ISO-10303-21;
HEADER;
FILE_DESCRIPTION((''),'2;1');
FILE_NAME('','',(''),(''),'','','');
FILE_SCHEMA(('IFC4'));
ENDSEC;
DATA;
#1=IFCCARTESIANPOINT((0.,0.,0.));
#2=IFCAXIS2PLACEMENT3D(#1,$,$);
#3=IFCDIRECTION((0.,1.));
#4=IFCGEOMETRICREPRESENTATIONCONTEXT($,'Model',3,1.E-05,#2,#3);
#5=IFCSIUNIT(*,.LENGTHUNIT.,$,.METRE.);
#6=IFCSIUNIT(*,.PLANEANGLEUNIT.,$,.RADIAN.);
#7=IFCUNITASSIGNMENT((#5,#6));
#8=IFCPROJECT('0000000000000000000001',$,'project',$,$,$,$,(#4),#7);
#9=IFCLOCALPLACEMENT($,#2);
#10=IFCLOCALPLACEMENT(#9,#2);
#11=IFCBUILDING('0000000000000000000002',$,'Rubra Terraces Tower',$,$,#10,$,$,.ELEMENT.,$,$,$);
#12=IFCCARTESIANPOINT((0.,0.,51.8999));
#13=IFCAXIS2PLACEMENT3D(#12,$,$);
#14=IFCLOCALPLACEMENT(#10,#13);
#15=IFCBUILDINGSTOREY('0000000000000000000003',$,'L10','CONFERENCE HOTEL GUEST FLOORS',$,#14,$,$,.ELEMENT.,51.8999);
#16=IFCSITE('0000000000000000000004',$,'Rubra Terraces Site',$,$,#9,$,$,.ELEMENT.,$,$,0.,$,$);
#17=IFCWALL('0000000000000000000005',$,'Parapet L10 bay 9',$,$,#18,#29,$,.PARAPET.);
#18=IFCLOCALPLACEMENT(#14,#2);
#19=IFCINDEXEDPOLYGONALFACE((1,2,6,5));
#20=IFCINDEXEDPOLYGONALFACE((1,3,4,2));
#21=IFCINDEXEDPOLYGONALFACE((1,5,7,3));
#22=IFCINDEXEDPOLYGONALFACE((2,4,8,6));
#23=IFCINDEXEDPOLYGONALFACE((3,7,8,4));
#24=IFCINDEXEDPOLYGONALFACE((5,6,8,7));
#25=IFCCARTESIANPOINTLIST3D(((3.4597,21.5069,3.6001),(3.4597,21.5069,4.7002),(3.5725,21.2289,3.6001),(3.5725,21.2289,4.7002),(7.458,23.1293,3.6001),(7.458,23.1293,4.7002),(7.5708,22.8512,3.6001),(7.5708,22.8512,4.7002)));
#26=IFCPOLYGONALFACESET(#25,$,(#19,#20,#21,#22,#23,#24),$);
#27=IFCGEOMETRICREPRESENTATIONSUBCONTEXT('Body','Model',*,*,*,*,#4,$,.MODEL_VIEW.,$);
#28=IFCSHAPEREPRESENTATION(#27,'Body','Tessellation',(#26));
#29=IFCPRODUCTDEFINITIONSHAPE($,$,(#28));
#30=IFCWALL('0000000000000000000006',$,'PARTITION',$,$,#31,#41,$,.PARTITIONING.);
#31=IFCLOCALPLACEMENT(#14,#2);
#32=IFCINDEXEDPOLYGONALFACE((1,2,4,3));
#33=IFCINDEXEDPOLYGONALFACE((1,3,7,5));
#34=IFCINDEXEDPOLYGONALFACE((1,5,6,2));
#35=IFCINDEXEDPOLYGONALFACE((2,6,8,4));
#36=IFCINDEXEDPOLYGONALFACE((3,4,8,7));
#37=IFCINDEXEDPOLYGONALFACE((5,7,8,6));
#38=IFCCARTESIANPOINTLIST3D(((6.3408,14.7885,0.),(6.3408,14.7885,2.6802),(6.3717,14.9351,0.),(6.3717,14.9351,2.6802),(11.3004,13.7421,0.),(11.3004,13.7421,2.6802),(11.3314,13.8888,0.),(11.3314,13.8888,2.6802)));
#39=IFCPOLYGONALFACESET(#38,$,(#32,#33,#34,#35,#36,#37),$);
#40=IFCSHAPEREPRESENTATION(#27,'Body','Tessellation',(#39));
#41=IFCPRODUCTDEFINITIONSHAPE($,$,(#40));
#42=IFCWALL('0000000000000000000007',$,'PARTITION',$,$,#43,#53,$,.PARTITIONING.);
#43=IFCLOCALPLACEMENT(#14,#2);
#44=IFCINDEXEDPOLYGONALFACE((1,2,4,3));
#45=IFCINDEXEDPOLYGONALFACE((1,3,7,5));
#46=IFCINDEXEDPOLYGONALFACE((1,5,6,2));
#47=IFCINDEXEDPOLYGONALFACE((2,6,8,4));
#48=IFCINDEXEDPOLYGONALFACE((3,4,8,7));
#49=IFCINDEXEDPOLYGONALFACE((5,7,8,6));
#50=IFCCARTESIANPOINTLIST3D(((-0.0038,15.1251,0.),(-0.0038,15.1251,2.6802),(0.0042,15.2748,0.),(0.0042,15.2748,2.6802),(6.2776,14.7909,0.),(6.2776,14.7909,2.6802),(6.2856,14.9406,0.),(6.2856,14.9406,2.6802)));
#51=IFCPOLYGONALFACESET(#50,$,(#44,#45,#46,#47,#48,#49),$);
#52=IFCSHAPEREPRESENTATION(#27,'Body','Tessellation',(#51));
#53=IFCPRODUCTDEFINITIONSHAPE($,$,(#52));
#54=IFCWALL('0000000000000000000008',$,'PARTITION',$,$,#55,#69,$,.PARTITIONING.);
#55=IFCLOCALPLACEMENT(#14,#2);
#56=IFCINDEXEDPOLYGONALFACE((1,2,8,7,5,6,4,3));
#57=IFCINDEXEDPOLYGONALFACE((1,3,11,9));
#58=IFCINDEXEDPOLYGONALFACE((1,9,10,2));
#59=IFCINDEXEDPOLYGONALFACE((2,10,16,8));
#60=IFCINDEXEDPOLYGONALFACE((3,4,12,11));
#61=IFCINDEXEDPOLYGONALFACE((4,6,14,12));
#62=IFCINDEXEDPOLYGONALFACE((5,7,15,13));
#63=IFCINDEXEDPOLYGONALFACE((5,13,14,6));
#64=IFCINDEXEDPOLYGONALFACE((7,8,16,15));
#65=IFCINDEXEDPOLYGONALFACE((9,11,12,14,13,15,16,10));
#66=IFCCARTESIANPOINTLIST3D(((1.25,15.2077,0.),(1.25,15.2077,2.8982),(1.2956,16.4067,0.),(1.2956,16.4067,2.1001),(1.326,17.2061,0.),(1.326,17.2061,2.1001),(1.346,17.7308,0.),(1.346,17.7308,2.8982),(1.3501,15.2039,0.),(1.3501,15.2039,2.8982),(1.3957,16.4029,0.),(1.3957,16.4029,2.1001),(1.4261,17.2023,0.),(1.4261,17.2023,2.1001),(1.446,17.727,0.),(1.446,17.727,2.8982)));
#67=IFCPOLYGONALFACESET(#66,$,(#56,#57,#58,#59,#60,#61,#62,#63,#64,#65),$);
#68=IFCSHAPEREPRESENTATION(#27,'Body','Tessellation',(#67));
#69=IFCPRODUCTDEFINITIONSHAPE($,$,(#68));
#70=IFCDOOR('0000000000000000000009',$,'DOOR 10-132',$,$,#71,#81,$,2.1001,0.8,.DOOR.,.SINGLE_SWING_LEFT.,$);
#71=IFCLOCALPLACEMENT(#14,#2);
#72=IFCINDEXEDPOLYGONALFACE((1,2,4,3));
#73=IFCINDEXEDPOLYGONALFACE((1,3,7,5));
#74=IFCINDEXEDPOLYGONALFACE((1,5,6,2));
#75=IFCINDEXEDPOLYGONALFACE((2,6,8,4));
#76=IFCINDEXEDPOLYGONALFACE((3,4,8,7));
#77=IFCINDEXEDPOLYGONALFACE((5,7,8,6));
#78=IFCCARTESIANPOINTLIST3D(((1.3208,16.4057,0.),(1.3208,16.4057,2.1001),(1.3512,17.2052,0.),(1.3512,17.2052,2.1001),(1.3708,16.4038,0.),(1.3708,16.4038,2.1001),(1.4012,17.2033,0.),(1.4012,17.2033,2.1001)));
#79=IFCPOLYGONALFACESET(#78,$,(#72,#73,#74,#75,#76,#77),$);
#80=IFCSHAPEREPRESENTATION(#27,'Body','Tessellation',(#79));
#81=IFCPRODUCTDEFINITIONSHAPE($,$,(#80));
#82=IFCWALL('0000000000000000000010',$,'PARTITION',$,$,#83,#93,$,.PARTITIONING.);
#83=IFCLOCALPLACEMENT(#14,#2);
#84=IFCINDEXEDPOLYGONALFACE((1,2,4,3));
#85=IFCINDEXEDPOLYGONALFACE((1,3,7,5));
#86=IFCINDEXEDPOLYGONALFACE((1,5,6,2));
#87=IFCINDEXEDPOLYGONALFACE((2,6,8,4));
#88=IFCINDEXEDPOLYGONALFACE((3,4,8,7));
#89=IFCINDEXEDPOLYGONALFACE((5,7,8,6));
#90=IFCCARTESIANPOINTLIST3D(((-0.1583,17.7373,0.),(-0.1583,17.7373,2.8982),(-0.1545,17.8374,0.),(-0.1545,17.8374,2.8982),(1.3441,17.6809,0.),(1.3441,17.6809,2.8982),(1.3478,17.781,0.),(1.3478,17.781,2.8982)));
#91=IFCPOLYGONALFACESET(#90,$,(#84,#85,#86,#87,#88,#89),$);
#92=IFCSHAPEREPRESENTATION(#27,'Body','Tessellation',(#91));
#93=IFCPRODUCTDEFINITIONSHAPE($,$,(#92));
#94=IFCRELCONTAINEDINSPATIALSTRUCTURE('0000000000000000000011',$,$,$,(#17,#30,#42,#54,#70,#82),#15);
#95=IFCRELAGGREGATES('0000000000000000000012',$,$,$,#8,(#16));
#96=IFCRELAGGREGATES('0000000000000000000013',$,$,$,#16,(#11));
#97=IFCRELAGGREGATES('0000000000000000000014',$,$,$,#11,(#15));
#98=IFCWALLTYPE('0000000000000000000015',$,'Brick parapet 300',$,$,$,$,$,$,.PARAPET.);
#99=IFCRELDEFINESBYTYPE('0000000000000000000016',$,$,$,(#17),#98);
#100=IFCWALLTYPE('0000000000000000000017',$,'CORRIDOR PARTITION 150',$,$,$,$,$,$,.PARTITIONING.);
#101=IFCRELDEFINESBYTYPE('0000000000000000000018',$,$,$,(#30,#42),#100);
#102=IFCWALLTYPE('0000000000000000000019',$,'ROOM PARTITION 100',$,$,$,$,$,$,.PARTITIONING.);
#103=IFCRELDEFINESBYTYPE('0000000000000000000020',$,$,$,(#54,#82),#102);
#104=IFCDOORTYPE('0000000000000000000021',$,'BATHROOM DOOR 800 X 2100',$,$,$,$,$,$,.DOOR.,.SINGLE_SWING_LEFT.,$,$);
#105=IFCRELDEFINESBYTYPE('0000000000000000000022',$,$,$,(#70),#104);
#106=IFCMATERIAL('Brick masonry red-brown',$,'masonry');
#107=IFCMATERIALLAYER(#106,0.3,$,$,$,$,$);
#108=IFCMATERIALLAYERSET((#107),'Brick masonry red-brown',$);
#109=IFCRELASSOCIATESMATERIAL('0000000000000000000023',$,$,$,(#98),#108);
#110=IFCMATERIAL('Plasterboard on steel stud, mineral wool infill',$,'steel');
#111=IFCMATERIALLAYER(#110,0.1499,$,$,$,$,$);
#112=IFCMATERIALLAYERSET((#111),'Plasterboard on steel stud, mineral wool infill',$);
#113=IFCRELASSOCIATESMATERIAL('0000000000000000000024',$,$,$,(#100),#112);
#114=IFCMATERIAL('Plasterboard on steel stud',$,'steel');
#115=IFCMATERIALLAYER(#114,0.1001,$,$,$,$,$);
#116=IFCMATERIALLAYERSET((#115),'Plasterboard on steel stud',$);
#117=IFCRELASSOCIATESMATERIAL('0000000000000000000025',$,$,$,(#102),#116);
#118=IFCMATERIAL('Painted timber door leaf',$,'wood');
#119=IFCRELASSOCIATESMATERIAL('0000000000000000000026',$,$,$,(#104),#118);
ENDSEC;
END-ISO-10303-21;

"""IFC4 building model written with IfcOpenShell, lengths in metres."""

from ifc_helpers import new_model, si_unit, direction, frame, frame_2d, origin, place, context, subcontext, project, spatial, rectangle, extrude, material, layer, layer_set, type_object, element, fill, save


model = new_model("IFC4")

# Units and contexts
model_context = context("Model", 3, precision=1e-05, world=origin(), true_north=direction((0.0, 1.0)))
body_context = subcontext(model_context, "Body", "Model", "MODEL_VIEW")
ifc_project = project(units=[si_unit("LENGTHUNIT", "METRE"), si_unit("PLANEANGLEUNIT", "RADIAN")], contexts=[model_context])

# Site, building, storey
site_placement = place(None, origin())
site = spatial("IfcSite", under=ifc_project, at=site_placement, Name="Rubra Terraces Site", CompositionType="ELEMENT", RefElevation=0.0)
building_placement = place(site_placement, origin())
building = spatial("IfcBuilding", under=site, at=building_placement, Name="Rubra Terraces Tower", CompositionType="ELEMENT")
storey_placement = place(building_placement, frame((0.0, 0.0, 51.8999)))
storey = spatial("IfcBuildingStorey", under=building, at=storey_placement, Name="L10", Description="CONFERENCE HOTEL GUEST FLOORS", CompositionType="ELEMENT", Elevation=51.8999)

# Shared definitions
ifc_material_1 = material(Name="Brick masonry red-brown", Category="masonry")

# Walls
ifc_layer_1 = layer(ifc_material_1, 0.3)
ifc_layer_set_1 = layer_set([ifc_layer_1], Name="Brick masonry red-brown")
wall_type_1 = type_object("IfcWallType", Name="Brick parapet 300", PredefinedType="PARAPET", material=ifc_layer_set_1)
wall_1_placement = place(storey_placement, frame((7.5144, 22.9902, 3.6001), z_axis=(0.0, 0.0, 1.0), x_axis=(-0.926627, -0.375981, 0.0)))
element("IfcWall", 1, at=wall_1_placement, inside=storey, type_object=wall_type_1, Name="Parapet L10 bay 9", PredefinedType="PARAPET", context=body_context, shape_type="SweptSolid", body=[
    extrude(rectangle(XDim=4.3149, YDim=0.3, at=frame_2d((2.1575, 0.0))), origin(), (0.0, 0.0, 1.0), 1.1001),
])
ifc_material_2 = material(Name="Plasterboard on steel stud, mineral wool infill", Category="steel")
ifc_layer_2 = layer(ifc_material_2, 0.1499)
ifc_layer_set_2 = layer_set([ifc_layer_2], Name="Plasterboard on steel stud, mineral wool infill")
wall_type_2 = type_object("IfcWallType", Name="CORRIDOR PARTITION 150", PredefinedType="PARTITIONING", material=ifc_layer_set_2)
wall_2_placement = place(storey_placement, frame((11.3159, 13.8154, 0.0), z_axis=(0.0, 0.0, 1.0), x_axis=(-0.978461, 0.206433, 0.0)))
element("IfcWall", 2, at=wall_2_placement, inside=storey, type_object=wall_type_2, Name="PARTITION", PredefinedType="PARTITIONING", context=body_context, shape_type="SweptSolid", body=[
    extrude(rectangle(XDim=5.0688, YDim=0.1499, at=frame_2d((2.5344, 0.0))), origin(), (0.0, 0.0, 1.0), 2.6802),
])
wall_3_placement = place(storey_placement, frame((6.2815, 14.8657, 0.0), z_axis=(0.0, 0.0, 1.0), x_axis=(-0.998587, 0.053133, 0.0)))
element("IfcWall", 3, at=wall_3_placement, inside=storey, type_object=wall_type_2, Name="PARTITION", PredefinedType="PARTITIONING", context=body_context, shape_type="SweptSolid", body=[
    extrude(rectangle(XDim=6.2903, YDim=0.1499, at=frame_2d((3.145, 0.0))), origin(), (0.0, 0.0, 1.0), 2.6802),
])

# Wall, opening, door
ifc_material_3 = material(Name="Plasterboard on steel stud", Category="steel")
ifc_layer_3 = layer(ifc_material_3, 0.1001)
ifc_layer_set_3 = layer_set([ifc_layer_3], Name="Plasterboard on steel stud")
wall_type_3 = type_object("IfcWallType", Name="ROOM PARTITION 100", PredefinedType="PARTITIONING", material=ifc_layer_set_3)
wall_4_placement = place(storey_placement, frame((1.3, 15.2058, 0.0), z_axis=(0.0, 0.0, 1.0), x_axis=(0.037999, 0.999278, 0.0)))
wall_4 = element("IfcWall", 4, at=wall_4_placement, inside=storey, type_object=wall_type_3, Name="PARTITION", PredefinedType="PARTITIONING", context=body_context, shape_type="SweptSolid", body=[
    extrude(rectangle(XDim=2.5249, YDim=0.1001, at=frame_2d((1.2625, 0.0))), origin(), (0.0, 0.0, 1.0), 2.8982),
])
opening_1_placement = place(wall_4_placement, frame((1.2, 0.0, 0.0)))
opening_1 = element("IfcOpeningElement", 5, at=opening_1_placement, cuts=wall_4, PredefinedType="OPENING", context=body_context, shape_type="SweptSolid", body=[
    extrude(rectangle(XDim=0.8, YDim=2.1001, at=frame_2d((0.3999, 1.05))), frame((0.0, 0.0601, 0.0), z_axis=(0.0, -1.0, 0.0), x_axis=(1.0, 0.0, 0.0)), (0.0, 0.0, 1.0), 0.1201),
])
ifc_material_4 = material(Name="Painted timber door leaf", Category="wood")
door_type = type_object("IfcDoorType", Name="BATHROOM DOOR 800 X 2100", OperationType="SINGLE_SWING_LEFT", PredefinedType="DOOR", material=ifc_material_4)
door_placement = place(opening_1_placement, origin())
door = element("IfcDoor", 6, at=door_placement, inside=storey, type_object=door_type, Name="DOOR 10-132", OperationType="SINGLE_SWING_LEFT", OverallHeight=2.1001, OverallWidth=0.8, PredefinedType="DOOR", context=body_context, shape_type="SweptSolid", body=[
    extrude(rectangle(XDim=0.8, YDim=2.1001, at=frame_2d((0.3999, 1.05))), frame((0.0, 0.0249, 0.0), z_axis=(0.0, -1.0, 0.0), x_axis=(1.0, 0.0, 0.0)), (0.0, 0.0, 1.0), 0.05),
])
fill(opening_1, door)

# Wall
wall_5_placement = place(storey_placement, frame((1.3459, 17.731, 0.0), z_axis=(0.0, 0.0, 1.0), x_axis=(-0.999296, 0.03751, 0.0)))
element("IfcWall", 7, at=wall_5_placement, inside=storey, type_object=wall_type_3, Name="PARTITION", PredefinedType="PARTITIONING", context=body_context, shape_type="SweptSolid", body=[
    extrude(rectangle(XDim=1.5034, YDim=0.1001, at=frame_2d((0.7517, 0.0))), origin(), (0.0, 0.0, 1.0), 2.8982),
])

save(model, "model.ifc")
